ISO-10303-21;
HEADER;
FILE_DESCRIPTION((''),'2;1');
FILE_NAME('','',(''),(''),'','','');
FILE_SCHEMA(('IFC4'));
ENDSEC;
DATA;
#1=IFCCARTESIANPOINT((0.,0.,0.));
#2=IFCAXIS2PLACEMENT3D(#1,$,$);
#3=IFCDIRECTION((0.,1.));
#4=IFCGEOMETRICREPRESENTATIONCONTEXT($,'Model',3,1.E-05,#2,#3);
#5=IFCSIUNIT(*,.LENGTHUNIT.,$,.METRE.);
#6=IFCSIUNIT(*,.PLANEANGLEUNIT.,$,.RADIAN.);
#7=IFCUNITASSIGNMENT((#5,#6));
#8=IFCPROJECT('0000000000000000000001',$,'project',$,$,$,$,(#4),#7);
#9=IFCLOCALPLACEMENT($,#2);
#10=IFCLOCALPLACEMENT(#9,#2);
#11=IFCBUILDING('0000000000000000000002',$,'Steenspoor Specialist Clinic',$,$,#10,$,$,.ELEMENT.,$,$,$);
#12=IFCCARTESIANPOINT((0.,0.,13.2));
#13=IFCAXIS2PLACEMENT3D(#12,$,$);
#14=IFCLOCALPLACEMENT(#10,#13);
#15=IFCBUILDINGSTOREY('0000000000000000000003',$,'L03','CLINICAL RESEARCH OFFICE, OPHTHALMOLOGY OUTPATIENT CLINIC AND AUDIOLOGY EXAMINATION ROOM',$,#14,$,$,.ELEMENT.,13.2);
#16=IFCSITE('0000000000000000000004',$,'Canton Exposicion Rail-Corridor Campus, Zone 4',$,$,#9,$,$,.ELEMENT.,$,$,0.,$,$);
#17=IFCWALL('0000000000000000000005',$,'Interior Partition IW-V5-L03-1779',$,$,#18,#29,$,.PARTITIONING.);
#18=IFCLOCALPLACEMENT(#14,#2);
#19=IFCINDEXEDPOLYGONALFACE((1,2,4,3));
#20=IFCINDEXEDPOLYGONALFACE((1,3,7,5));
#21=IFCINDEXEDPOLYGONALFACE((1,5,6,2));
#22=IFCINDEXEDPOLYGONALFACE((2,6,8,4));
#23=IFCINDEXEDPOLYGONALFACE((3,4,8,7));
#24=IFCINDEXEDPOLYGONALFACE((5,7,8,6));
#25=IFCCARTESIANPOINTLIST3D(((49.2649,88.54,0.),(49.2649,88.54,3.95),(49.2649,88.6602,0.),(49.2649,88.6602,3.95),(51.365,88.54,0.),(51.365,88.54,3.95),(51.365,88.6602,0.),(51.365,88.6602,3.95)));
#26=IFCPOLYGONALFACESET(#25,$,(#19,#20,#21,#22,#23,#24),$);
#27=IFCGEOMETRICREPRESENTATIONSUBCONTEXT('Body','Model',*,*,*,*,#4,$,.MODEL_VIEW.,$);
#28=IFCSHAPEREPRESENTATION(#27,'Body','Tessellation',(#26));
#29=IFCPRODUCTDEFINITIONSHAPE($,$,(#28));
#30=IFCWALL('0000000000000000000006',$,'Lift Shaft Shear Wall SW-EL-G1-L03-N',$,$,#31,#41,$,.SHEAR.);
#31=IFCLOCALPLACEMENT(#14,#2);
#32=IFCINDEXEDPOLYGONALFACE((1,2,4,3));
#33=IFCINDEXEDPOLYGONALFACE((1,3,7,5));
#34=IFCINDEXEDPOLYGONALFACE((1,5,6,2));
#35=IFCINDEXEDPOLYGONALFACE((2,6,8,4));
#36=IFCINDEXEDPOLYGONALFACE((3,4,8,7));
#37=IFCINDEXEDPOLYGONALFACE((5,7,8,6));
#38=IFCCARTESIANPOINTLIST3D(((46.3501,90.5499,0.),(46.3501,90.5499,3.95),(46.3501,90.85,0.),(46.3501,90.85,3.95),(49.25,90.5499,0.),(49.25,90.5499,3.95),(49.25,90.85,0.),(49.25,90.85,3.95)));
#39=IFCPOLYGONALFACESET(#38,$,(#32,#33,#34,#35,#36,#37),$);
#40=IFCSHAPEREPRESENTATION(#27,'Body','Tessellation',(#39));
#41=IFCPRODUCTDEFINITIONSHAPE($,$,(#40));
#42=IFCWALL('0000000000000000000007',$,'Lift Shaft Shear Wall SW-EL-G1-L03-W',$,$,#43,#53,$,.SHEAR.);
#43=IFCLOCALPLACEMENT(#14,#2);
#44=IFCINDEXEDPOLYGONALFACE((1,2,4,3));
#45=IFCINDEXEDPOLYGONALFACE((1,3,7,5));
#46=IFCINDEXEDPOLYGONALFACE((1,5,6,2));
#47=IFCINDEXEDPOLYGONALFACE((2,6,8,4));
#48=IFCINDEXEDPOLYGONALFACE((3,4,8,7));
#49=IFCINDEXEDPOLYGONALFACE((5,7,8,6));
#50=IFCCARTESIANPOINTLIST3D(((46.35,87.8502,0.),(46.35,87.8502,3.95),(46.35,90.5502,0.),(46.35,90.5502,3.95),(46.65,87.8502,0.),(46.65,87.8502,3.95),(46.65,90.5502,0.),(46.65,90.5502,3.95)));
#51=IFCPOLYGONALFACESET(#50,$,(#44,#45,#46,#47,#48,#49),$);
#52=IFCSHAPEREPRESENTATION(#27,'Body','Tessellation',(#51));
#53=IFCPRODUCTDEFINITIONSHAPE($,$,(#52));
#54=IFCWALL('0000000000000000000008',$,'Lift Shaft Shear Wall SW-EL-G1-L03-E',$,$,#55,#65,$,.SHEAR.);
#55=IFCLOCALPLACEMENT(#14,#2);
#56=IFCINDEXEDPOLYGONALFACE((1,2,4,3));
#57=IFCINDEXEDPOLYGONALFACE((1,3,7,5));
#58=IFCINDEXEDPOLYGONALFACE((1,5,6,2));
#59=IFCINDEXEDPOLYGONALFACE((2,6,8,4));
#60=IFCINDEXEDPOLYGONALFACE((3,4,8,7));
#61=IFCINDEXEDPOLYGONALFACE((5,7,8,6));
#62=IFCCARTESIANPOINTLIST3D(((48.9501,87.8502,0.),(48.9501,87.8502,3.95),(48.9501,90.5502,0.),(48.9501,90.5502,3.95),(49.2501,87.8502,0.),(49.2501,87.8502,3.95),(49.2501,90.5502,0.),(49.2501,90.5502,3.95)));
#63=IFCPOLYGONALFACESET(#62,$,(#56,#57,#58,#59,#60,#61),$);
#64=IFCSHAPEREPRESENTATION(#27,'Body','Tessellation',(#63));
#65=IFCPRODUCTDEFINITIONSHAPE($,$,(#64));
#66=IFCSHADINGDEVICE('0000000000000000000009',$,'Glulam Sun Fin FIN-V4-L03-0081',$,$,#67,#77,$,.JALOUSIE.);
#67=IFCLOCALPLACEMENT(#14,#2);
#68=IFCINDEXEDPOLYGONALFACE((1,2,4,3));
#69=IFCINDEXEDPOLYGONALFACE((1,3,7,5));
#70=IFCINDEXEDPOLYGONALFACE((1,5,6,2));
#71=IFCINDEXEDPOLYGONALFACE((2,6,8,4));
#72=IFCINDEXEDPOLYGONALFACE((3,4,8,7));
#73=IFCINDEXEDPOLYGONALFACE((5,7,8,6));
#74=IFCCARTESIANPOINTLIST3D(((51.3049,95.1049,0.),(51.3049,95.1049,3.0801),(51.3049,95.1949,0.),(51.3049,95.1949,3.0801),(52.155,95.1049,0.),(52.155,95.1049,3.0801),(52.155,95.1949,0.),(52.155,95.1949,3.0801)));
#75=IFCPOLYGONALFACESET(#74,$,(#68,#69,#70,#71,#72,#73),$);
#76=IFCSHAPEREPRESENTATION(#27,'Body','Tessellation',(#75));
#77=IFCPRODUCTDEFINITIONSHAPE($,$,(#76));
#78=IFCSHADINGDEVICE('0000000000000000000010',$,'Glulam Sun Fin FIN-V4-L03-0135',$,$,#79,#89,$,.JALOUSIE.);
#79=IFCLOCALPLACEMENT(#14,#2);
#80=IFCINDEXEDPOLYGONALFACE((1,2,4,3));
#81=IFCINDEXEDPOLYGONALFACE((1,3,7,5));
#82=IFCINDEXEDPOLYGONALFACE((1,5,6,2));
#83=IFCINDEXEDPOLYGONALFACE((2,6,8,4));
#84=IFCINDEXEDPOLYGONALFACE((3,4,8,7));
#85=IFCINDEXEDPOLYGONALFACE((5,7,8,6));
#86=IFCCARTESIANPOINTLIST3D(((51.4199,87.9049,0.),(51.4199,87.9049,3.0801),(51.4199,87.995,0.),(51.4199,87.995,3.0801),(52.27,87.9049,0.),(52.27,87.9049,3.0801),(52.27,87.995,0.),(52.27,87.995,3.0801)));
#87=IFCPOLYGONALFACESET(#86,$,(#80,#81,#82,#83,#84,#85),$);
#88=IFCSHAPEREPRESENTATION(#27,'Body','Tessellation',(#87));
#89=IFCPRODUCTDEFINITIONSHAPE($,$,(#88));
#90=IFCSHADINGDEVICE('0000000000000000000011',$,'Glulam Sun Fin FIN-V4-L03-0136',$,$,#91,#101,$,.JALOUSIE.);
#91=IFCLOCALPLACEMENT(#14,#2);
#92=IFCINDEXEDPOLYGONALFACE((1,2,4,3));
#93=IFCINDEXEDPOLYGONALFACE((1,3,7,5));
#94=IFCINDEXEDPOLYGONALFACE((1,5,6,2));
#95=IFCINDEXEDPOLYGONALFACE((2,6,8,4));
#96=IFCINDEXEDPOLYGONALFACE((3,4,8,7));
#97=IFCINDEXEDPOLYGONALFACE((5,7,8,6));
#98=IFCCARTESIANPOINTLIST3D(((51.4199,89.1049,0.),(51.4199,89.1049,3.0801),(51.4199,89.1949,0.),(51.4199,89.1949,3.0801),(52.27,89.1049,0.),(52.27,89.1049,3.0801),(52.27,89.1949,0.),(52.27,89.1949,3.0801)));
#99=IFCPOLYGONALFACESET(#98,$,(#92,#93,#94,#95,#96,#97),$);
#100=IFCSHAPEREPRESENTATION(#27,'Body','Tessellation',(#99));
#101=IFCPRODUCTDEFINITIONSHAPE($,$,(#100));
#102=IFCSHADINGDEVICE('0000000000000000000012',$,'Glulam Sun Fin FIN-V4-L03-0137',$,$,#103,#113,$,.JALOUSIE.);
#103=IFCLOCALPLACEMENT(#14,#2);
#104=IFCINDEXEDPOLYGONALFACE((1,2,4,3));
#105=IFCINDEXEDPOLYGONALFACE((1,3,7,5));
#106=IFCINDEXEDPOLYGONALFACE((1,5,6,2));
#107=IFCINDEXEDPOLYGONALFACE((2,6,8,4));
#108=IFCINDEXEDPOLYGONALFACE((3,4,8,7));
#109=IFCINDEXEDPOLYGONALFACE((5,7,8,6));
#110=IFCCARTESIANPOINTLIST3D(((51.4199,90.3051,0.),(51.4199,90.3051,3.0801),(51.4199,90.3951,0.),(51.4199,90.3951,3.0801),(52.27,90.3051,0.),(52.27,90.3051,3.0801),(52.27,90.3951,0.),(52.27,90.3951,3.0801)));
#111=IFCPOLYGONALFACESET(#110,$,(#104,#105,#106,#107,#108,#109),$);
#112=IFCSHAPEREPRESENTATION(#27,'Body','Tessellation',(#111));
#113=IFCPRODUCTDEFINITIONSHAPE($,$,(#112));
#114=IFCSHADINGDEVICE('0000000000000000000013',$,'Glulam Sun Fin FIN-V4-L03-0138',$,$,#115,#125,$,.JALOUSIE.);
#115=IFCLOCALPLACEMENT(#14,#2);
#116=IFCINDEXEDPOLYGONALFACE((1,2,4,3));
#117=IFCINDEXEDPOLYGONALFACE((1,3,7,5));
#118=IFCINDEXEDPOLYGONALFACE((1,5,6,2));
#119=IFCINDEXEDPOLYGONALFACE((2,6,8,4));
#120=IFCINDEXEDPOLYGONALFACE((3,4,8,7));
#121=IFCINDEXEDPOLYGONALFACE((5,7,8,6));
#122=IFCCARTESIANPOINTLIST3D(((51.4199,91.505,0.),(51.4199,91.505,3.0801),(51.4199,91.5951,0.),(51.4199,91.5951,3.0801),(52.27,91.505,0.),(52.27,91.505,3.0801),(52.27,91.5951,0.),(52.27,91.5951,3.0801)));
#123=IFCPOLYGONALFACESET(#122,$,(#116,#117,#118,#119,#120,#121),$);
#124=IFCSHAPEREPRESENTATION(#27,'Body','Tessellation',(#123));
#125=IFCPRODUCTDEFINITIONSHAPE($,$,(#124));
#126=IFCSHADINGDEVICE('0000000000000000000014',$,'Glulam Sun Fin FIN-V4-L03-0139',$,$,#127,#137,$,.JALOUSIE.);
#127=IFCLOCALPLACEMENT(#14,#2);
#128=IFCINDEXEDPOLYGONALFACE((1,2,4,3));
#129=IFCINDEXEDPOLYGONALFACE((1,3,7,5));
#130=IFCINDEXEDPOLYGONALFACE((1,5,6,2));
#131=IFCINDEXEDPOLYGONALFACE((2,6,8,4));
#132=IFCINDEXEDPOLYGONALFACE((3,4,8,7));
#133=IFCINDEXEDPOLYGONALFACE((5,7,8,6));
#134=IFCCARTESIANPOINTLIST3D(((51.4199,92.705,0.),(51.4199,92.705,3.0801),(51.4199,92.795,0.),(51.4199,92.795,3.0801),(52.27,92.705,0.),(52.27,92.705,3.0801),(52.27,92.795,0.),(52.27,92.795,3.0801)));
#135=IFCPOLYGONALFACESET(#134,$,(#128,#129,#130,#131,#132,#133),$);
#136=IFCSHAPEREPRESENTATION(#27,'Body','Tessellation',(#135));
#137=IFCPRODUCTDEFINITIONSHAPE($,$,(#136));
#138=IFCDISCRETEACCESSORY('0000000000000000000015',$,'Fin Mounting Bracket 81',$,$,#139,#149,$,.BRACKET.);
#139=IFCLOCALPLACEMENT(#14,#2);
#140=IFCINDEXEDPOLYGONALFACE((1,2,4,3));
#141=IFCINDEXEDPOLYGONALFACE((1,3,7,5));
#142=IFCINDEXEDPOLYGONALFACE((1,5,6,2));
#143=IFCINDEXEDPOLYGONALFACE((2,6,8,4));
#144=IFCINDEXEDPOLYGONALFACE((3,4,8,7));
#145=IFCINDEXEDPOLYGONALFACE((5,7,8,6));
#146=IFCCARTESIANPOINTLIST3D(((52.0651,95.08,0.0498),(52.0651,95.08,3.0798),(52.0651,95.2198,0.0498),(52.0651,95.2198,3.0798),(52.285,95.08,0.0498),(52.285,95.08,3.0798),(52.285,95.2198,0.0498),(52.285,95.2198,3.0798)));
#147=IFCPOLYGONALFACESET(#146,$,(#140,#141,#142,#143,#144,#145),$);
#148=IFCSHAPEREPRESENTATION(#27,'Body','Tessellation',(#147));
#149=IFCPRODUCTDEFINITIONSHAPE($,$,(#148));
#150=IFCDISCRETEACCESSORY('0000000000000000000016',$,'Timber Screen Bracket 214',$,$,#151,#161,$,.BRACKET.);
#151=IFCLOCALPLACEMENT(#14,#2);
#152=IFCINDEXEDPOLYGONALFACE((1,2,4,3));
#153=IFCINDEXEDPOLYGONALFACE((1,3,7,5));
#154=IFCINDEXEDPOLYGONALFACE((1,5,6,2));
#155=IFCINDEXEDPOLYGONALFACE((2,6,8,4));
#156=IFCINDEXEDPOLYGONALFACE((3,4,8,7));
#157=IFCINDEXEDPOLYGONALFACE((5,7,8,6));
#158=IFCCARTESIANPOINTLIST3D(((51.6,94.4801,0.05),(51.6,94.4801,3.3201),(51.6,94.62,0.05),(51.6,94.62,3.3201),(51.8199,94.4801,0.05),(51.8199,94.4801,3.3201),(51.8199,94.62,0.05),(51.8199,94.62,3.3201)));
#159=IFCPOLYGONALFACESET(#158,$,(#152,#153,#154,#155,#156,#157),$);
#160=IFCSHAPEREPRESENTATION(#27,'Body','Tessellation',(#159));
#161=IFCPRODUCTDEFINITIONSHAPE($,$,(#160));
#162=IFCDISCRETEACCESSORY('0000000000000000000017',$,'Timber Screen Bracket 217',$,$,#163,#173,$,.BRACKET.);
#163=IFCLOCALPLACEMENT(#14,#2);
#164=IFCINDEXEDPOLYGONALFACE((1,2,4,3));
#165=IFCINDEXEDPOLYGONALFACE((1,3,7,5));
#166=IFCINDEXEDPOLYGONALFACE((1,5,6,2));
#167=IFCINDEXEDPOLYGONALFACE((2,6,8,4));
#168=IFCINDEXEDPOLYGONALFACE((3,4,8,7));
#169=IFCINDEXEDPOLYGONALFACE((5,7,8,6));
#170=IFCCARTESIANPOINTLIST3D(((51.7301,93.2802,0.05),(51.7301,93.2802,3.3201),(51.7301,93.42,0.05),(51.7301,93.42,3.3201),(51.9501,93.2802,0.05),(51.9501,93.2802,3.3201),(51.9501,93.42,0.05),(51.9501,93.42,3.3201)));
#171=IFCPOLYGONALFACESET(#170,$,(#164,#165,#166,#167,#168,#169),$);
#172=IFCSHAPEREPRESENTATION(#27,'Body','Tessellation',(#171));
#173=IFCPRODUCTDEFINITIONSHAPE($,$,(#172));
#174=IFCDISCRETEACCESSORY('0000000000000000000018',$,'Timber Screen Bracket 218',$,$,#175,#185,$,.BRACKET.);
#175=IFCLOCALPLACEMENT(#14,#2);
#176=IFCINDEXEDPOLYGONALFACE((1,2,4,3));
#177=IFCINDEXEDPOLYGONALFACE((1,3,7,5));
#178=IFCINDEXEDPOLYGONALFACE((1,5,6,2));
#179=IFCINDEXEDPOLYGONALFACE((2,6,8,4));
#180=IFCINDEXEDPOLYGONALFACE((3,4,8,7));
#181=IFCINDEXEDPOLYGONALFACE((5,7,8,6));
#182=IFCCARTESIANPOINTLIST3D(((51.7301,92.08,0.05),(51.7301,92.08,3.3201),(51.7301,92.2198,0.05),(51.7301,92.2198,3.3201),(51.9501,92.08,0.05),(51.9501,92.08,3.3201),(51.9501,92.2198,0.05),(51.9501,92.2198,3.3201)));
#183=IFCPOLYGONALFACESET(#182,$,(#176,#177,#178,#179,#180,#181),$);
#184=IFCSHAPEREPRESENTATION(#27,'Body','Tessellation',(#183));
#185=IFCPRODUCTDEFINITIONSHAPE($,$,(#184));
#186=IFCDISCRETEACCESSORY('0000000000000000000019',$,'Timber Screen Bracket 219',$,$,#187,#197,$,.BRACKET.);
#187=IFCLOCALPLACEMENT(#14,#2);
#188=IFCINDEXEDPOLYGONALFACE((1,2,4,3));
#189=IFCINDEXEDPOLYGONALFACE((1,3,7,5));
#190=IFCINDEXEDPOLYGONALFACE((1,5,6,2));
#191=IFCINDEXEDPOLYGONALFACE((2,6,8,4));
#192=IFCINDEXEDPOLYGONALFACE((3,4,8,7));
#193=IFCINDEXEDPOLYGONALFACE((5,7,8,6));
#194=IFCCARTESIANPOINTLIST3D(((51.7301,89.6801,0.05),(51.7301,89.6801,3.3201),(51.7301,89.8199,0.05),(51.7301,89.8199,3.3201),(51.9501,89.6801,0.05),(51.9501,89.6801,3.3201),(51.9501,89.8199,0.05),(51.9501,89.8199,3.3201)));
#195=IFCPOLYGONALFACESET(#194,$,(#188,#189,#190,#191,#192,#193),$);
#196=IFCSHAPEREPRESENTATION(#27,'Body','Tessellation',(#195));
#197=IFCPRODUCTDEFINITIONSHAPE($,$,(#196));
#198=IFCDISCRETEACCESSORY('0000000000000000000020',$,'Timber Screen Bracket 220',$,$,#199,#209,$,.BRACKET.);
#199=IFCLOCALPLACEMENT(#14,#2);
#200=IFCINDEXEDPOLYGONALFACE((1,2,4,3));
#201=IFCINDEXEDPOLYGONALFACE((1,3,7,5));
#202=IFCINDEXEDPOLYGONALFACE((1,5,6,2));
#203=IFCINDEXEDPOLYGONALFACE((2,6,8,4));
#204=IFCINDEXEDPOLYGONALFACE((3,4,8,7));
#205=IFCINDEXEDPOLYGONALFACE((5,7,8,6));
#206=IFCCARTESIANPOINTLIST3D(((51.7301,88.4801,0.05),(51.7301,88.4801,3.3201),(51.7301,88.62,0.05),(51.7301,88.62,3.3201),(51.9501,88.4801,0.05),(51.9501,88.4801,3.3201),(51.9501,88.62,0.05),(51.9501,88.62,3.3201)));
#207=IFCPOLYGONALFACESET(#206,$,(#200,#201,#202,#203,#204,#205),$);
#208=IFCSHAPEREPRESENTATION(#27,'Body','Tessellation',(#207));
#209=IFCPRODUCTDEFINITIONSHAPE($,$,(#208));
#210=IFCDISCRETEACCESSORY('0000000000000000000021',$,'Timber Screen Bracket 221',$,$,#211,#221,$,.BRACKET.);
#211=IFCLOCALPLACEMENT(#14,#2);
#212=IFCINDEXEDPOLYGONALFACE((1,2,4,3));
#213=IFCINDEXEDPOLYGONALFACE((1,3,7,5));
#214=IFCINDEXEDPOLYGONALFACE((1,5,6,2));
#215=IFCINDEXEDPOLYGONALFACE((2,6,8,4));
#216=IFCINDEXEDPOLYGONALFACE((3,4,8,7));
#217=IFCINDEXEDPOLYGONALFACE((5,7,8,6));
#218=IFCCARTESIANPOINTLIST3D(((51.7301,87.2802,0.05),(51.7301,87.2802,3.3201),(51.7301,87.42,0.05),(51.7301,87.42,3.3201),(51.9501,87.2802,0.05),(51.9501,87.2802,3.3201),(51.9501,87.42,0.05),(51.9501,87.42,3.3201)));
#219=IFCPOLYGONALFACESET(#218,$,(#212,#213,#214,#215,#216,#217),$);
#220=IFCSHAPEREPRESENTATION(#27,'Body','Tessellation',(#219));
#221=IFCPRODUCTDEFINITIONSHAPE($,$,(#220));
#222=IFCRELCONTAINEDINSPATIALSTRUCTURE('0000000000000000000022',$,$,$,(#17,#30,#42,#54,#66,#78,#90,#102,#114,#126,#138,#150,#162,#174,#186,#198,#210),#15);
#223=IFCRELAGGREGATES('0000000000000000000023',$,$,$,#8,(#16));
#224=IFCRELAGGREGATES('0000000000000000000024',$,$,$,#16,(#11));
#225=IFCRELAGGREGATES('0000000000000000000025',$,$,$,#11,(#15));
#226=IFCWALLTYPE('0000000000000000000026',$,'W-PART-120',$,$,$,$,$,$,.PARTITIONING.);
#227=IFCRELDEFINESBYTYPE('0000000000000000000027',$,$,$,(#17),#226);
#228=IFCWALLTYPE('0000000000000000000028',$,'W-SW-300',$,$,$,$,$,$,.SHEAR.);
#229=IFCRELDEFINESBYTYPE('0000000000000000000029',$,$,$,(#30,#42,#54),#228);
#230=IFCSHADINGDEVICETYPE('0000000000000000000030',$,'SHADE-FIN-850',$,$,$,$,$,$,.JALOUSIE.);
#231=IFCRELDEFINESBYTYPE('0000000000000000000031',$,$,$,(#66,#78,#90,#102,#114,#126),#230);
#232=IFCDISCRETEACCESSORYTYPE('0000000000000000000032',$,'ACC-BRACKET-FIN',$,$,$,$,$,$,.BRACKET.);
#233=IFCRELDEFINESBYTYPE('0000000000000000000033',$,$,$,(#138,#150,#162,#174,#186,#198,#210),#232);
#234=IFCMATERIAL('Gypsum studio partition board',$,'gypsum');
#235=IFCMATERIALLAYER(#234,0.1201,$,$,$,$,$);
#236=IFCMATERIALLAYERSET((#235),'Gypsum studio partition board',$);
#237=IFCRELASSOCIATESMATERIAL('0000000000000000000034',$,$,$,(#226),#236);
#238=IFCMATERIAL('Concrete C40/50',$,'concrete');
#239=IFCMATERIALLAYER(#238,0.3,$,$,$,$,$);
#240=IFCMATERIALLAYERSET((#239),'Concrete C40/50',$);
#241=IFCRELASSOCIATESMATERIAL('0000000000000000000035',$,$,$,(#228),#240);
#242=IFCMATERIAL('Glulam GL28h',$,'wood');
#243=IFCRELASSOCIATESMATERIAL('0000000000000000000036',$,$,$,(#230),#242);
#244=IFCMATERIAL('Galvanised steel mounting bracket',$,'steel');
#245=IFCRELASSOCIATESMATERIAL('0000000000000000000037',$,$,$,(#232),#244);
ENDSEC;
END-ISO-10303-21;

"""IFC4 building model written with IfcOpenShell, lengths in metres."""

from ifc_helpers import new_model, si_unit, direction, frame, frame_2d, origin, origin_2d, place, context, subcontext, project, spatial, rectangle, extrude, material, layer, layer_set, material_profile, profile_set, type_object, element, save


model = new_model("IFC4")

# Units and contexts
model_context = context("Model", 3, precision=1e-05, world=origin(), true_north=direction((0.0, 1.0)))
body_context = subcontext(model_context, "Body", "Model", "MODEL_VIEW")
ifc_project = project(units=[si_unit("LENGTHUNIT", "METRE"), si_unit("PLANEANGLEUNIT", "RADIAN")], contexts=[model_context])

# Site, building, storey
site_placement = place(None, origin())
site = spatial("IfcSite", under=ifc_project, at=site_placement, Name="Canton Exposicion Rail-Corridor Campus, Zone 4", CompositionType="ELEMENT", RefElevation=0.0)
building_placement = place(site_placement, origin())
building = spatial("IfcBuilding", under=site, at=building_placement, Name="Steenspoor Specialist Clinic", CompositionType="ELEMENT")
storey_placement = place(building_placement, frame((0.0, 0.0, 13.2)))
storey = spatial("IfcBuildingStorey", under=building, at=storey_placement, Name="L03", Description="CLINICAL RESEARCH OFFICE, OPHTHALMOLOGY OUTPATIENT CLINIC AND AUDIOLOGY EXAMINATION ROOM", CompositionType="ELEMENT", Elevation=13.2)

# Shared definitions
ifc_material_1 = material(Name="Concrete C40/50", Category="concrete")

# Shared definitions
ifc_material_2 = material(Name="Glulam GL28h", Category="wood")

# Wall
ifc_material_3 = material(Name="Gypsum studio partition board", Category="gypsum")
ifc_layer_1 = layer(ifc_material_3, 0.1201)
ifc_layer_set_1 = layer_set([ifc_layer_1], Name="Gypsum studio partition board")
wall_type_1 = type_object("IfcWallType", Name="W-PART-120", PredefinedType="PARTITIONING", material=ifc_layer_set_1)
wall_1_placement = place(storey_placement, frame((49.2649, 88.6001, 0.0), z_axis=(0.0, 0.0, 1.0), x_axis=(1.0, 0.0, 0.0)))
element("IfcWall", 1, at=wall_1_placement, inside=storey, type_object=wall_type_1, Name="Interior Partition IW-V5-L03-1779", PredefinedType="PARTITIONING", context=body_context, shape_type="SweptSolid", body=[
    extrude(rectangle(XDim=2.1001, YDim=0.1201, at=frame_2d((1.05, 0.0))), origin(), (0.0, 0.0, 1.0), 3.95),
])

# Shared definitions
ifc_layer_2 = layer(ifc_material_1, 0.3)
ifc_layer_set_2 = layer_set([ifc_layer_2], Name="Concrete C40/50")
wall_type_2 = type_object("IfcWallType", Name="W-SW-300", PredefinedType="SHEAR", material=ifc_layer_set_2)

# Walls
wall_2_placement = place(storey_placement, frame((46.3501, 90.7, 0.0), z_axis=(0.0, 0.0, 1.0), x_axis=(1.0, 0.0, 0.0)))
element("IfcWall", 2, at=wall_2_placement, inside=storey, type_object=wall_type_2, Name="Lift Shaft Shear Wall SW-EL-G1-L03-N", PredefinedType="SHEAR", context=body_context, shape_type="SweptSolid", body=[
    extrude(rectangle(XDim=2.8999, YDim=0.3, at=frame_2d((1.45, 0.0))), origin(), (0.0, 0.0, 1.0), 3.95),
])
for number, where, z_axis, x_axis, name in (
    (3, (46.5, 87.8501, 0.0), (0.0, 0.0, 1.0), (0.0, 1.0, 0.0), "Lift Shaft Shear Wall SW-EL-G1-L03-W"),
    (4, (49.1001, 87.8501, 0.0), (0.0, 0.0, 1.0), (0.0, 1.0, 0.0), "Lift Shaft Shear Wall SW-EL-G1-L03-E"),
):
    element("IfcWall", number, at=place(storey_placement, frame(where, z_axis=z_axis, x_axis=x_axis)), inside=storey, type_object=wall_type_2, Name=name, PredefinedType="SHEAR", context=body_context, shape_type="SweptSolid", body=[
        extrude(rectangle(XDim=2.7, YDim=0.3, at=frame_2d((1.3501, 0.0))), origin(), (0.0, 0.0, 1.0), 3.95),
    ])

# Shading devices
ifc_material_profile_1 = material_profile(ifc_material_2, rectangle(XDim=0.0901, YDim=0.8501, at=origin_2d()), Name="GL28H-90X850")
ifc_profile_set_1 = profile_set([ifc_material_profile_1], Name="Glulam GL28h")
shading_device_type = type_object("IfcShadingDeviceType", Name="SHADE-FIN-850", PredefinedType="JALOUSIE", material=ifc_profile_set_1)
for number, where, z_axis, x_axis, name in (
    (5, (51.73, 95.1499, 0.0), (0.0, 0.0, 1.0), (0.0, 1.0, 0.0), "Glulam Sun Fin FIN-V4-L03-0081"),
    (6, (51.845, 87.95, 0.0), (0.0, 0.0, 1.0), (0.0, 1.0, 0.0), "Glulam Sun Fin FIN-V4-L03-0135"),
    (7, (51.845, 89.1499, 0.0), (0.0, 0.0, 1.0), (0.0, 1.0, 0.0), "Glulam Sun Fin FIN-V4-L03-0136"),
    (8, (51.845, 90.3501, 0.0), (0.0, 0.0, 1.0), (0.0, 1.0, 0.0), "Glulam Sun Fin FIN-V4-L03-0137"),
    (9, (51.845, 91.55, 0.0), (0.0, 0.0, 1.0), (0.0, 1.0, 0.0), "Glulam Sun Fin FIN-V4-L03-0138"),
    (10, (51.845, 92.75, 0.0), (0.0, 0.0, 1.0), (0.0, 1.0, 0.0), "Glulam Sun Fin FIN-V4-L03-0139"),
):
    element("IfcShadingDevice", number, at=place(storey_placement, frame(where, z_axis=z_axis, x_axis=x_axis)), inside=storey, type_object=shading_device_type, Name=name, PredefinedType="JALOUSIE", context=body_context, shape_type="SweptSolid", body=[
        extrude(rectangle(XDim=0.0901, YDim=0.8501, at=origin_2d()), origin(), (0.0, 0.0, 1.0), 3.0801),
    ])

# Discrete accessories
ifc_material_4 = material(Name="Galvanised steel mounting bracket", Category="steel")
discrete_accessory_type = type_object("IfcDiscreteAccessoryType", Name="ACC-BRACKET-FIN", PredefinedType="BRACKET", material=ifc_material_4)
discrete_accessory_placement = place(storey_placement, frame((52.175, 95.1499, 0.0498), z_axis=(0.0, 0.0, 1.0), x_axis=(-1.0, 0.0, 0.0)))
element("IfcDiscreteAccessory", 11, at=discrete_accessory_placement, inside=storey, type_object=discrete_accessory_type, Name="Fin Mounting Bracket 81", PredefinedType="BRACKET", context=body_context, shape_type="SweptSolid", body=[
    extrude(rectangle(XDim=0.22, YDim=0.1399, at=origin_2d()), origin(), (0.0, 0.0, 1.0), 3.03),
])
for number, where, z_axis, x_axis, name in (
    (12, (51.71, 94.55, 0.05), (0.0, 0.0, 1.0), (1.0, 0.0, 0.0), "Timber Screen Bracket 214"),
    (13, (51.8401, 93.3501, 0.05), (0.0, 0.0, 1.0), (1.0, 0.0, 0.0), "Timber Screen Bracket 217"),
    (14, (51.8401, 92.1499, 0.05), (0.0, 0.0, 1.0), (1.0, 0.0, 0.0), "Timber Screen Bracket 218"),
    (15, (51.8401, 89.75, 0.05), (0.0, 0.0, 1.0), (1.0, 0.0, 0.0), "Timber Screen Bracket 219"),
    (16, (51.8401, 88.55, 0.05), (0.0, 0.0, 1.0), (1.0, 0.0, 0.0), "Timber Screen Bracket 220"),
    (17, (51.8401, 87.3501, 0.05), (0.0, 0.0, 1.0), (1.0, 0.0, 0.0), "Timber Screen Bracket 221"),
):
    element("IfcDiscreteAccessory", number, at=place(storey_placement, frame(where, z_axis=z_axis, x_axis=x_axis)), inside=storey, type_object=discrete_accessory_type, Name=name, PredefinedType="BRACKET", context=body_context, shape_type="SweptSolid", body=[
        extrude(rectangle(XDim=0.22, YDim=0.1399, at=origin_2d()), origin(), (0.0, 0.0, 1.0), 3.27),
    ])

save(model, "model.ifc")
